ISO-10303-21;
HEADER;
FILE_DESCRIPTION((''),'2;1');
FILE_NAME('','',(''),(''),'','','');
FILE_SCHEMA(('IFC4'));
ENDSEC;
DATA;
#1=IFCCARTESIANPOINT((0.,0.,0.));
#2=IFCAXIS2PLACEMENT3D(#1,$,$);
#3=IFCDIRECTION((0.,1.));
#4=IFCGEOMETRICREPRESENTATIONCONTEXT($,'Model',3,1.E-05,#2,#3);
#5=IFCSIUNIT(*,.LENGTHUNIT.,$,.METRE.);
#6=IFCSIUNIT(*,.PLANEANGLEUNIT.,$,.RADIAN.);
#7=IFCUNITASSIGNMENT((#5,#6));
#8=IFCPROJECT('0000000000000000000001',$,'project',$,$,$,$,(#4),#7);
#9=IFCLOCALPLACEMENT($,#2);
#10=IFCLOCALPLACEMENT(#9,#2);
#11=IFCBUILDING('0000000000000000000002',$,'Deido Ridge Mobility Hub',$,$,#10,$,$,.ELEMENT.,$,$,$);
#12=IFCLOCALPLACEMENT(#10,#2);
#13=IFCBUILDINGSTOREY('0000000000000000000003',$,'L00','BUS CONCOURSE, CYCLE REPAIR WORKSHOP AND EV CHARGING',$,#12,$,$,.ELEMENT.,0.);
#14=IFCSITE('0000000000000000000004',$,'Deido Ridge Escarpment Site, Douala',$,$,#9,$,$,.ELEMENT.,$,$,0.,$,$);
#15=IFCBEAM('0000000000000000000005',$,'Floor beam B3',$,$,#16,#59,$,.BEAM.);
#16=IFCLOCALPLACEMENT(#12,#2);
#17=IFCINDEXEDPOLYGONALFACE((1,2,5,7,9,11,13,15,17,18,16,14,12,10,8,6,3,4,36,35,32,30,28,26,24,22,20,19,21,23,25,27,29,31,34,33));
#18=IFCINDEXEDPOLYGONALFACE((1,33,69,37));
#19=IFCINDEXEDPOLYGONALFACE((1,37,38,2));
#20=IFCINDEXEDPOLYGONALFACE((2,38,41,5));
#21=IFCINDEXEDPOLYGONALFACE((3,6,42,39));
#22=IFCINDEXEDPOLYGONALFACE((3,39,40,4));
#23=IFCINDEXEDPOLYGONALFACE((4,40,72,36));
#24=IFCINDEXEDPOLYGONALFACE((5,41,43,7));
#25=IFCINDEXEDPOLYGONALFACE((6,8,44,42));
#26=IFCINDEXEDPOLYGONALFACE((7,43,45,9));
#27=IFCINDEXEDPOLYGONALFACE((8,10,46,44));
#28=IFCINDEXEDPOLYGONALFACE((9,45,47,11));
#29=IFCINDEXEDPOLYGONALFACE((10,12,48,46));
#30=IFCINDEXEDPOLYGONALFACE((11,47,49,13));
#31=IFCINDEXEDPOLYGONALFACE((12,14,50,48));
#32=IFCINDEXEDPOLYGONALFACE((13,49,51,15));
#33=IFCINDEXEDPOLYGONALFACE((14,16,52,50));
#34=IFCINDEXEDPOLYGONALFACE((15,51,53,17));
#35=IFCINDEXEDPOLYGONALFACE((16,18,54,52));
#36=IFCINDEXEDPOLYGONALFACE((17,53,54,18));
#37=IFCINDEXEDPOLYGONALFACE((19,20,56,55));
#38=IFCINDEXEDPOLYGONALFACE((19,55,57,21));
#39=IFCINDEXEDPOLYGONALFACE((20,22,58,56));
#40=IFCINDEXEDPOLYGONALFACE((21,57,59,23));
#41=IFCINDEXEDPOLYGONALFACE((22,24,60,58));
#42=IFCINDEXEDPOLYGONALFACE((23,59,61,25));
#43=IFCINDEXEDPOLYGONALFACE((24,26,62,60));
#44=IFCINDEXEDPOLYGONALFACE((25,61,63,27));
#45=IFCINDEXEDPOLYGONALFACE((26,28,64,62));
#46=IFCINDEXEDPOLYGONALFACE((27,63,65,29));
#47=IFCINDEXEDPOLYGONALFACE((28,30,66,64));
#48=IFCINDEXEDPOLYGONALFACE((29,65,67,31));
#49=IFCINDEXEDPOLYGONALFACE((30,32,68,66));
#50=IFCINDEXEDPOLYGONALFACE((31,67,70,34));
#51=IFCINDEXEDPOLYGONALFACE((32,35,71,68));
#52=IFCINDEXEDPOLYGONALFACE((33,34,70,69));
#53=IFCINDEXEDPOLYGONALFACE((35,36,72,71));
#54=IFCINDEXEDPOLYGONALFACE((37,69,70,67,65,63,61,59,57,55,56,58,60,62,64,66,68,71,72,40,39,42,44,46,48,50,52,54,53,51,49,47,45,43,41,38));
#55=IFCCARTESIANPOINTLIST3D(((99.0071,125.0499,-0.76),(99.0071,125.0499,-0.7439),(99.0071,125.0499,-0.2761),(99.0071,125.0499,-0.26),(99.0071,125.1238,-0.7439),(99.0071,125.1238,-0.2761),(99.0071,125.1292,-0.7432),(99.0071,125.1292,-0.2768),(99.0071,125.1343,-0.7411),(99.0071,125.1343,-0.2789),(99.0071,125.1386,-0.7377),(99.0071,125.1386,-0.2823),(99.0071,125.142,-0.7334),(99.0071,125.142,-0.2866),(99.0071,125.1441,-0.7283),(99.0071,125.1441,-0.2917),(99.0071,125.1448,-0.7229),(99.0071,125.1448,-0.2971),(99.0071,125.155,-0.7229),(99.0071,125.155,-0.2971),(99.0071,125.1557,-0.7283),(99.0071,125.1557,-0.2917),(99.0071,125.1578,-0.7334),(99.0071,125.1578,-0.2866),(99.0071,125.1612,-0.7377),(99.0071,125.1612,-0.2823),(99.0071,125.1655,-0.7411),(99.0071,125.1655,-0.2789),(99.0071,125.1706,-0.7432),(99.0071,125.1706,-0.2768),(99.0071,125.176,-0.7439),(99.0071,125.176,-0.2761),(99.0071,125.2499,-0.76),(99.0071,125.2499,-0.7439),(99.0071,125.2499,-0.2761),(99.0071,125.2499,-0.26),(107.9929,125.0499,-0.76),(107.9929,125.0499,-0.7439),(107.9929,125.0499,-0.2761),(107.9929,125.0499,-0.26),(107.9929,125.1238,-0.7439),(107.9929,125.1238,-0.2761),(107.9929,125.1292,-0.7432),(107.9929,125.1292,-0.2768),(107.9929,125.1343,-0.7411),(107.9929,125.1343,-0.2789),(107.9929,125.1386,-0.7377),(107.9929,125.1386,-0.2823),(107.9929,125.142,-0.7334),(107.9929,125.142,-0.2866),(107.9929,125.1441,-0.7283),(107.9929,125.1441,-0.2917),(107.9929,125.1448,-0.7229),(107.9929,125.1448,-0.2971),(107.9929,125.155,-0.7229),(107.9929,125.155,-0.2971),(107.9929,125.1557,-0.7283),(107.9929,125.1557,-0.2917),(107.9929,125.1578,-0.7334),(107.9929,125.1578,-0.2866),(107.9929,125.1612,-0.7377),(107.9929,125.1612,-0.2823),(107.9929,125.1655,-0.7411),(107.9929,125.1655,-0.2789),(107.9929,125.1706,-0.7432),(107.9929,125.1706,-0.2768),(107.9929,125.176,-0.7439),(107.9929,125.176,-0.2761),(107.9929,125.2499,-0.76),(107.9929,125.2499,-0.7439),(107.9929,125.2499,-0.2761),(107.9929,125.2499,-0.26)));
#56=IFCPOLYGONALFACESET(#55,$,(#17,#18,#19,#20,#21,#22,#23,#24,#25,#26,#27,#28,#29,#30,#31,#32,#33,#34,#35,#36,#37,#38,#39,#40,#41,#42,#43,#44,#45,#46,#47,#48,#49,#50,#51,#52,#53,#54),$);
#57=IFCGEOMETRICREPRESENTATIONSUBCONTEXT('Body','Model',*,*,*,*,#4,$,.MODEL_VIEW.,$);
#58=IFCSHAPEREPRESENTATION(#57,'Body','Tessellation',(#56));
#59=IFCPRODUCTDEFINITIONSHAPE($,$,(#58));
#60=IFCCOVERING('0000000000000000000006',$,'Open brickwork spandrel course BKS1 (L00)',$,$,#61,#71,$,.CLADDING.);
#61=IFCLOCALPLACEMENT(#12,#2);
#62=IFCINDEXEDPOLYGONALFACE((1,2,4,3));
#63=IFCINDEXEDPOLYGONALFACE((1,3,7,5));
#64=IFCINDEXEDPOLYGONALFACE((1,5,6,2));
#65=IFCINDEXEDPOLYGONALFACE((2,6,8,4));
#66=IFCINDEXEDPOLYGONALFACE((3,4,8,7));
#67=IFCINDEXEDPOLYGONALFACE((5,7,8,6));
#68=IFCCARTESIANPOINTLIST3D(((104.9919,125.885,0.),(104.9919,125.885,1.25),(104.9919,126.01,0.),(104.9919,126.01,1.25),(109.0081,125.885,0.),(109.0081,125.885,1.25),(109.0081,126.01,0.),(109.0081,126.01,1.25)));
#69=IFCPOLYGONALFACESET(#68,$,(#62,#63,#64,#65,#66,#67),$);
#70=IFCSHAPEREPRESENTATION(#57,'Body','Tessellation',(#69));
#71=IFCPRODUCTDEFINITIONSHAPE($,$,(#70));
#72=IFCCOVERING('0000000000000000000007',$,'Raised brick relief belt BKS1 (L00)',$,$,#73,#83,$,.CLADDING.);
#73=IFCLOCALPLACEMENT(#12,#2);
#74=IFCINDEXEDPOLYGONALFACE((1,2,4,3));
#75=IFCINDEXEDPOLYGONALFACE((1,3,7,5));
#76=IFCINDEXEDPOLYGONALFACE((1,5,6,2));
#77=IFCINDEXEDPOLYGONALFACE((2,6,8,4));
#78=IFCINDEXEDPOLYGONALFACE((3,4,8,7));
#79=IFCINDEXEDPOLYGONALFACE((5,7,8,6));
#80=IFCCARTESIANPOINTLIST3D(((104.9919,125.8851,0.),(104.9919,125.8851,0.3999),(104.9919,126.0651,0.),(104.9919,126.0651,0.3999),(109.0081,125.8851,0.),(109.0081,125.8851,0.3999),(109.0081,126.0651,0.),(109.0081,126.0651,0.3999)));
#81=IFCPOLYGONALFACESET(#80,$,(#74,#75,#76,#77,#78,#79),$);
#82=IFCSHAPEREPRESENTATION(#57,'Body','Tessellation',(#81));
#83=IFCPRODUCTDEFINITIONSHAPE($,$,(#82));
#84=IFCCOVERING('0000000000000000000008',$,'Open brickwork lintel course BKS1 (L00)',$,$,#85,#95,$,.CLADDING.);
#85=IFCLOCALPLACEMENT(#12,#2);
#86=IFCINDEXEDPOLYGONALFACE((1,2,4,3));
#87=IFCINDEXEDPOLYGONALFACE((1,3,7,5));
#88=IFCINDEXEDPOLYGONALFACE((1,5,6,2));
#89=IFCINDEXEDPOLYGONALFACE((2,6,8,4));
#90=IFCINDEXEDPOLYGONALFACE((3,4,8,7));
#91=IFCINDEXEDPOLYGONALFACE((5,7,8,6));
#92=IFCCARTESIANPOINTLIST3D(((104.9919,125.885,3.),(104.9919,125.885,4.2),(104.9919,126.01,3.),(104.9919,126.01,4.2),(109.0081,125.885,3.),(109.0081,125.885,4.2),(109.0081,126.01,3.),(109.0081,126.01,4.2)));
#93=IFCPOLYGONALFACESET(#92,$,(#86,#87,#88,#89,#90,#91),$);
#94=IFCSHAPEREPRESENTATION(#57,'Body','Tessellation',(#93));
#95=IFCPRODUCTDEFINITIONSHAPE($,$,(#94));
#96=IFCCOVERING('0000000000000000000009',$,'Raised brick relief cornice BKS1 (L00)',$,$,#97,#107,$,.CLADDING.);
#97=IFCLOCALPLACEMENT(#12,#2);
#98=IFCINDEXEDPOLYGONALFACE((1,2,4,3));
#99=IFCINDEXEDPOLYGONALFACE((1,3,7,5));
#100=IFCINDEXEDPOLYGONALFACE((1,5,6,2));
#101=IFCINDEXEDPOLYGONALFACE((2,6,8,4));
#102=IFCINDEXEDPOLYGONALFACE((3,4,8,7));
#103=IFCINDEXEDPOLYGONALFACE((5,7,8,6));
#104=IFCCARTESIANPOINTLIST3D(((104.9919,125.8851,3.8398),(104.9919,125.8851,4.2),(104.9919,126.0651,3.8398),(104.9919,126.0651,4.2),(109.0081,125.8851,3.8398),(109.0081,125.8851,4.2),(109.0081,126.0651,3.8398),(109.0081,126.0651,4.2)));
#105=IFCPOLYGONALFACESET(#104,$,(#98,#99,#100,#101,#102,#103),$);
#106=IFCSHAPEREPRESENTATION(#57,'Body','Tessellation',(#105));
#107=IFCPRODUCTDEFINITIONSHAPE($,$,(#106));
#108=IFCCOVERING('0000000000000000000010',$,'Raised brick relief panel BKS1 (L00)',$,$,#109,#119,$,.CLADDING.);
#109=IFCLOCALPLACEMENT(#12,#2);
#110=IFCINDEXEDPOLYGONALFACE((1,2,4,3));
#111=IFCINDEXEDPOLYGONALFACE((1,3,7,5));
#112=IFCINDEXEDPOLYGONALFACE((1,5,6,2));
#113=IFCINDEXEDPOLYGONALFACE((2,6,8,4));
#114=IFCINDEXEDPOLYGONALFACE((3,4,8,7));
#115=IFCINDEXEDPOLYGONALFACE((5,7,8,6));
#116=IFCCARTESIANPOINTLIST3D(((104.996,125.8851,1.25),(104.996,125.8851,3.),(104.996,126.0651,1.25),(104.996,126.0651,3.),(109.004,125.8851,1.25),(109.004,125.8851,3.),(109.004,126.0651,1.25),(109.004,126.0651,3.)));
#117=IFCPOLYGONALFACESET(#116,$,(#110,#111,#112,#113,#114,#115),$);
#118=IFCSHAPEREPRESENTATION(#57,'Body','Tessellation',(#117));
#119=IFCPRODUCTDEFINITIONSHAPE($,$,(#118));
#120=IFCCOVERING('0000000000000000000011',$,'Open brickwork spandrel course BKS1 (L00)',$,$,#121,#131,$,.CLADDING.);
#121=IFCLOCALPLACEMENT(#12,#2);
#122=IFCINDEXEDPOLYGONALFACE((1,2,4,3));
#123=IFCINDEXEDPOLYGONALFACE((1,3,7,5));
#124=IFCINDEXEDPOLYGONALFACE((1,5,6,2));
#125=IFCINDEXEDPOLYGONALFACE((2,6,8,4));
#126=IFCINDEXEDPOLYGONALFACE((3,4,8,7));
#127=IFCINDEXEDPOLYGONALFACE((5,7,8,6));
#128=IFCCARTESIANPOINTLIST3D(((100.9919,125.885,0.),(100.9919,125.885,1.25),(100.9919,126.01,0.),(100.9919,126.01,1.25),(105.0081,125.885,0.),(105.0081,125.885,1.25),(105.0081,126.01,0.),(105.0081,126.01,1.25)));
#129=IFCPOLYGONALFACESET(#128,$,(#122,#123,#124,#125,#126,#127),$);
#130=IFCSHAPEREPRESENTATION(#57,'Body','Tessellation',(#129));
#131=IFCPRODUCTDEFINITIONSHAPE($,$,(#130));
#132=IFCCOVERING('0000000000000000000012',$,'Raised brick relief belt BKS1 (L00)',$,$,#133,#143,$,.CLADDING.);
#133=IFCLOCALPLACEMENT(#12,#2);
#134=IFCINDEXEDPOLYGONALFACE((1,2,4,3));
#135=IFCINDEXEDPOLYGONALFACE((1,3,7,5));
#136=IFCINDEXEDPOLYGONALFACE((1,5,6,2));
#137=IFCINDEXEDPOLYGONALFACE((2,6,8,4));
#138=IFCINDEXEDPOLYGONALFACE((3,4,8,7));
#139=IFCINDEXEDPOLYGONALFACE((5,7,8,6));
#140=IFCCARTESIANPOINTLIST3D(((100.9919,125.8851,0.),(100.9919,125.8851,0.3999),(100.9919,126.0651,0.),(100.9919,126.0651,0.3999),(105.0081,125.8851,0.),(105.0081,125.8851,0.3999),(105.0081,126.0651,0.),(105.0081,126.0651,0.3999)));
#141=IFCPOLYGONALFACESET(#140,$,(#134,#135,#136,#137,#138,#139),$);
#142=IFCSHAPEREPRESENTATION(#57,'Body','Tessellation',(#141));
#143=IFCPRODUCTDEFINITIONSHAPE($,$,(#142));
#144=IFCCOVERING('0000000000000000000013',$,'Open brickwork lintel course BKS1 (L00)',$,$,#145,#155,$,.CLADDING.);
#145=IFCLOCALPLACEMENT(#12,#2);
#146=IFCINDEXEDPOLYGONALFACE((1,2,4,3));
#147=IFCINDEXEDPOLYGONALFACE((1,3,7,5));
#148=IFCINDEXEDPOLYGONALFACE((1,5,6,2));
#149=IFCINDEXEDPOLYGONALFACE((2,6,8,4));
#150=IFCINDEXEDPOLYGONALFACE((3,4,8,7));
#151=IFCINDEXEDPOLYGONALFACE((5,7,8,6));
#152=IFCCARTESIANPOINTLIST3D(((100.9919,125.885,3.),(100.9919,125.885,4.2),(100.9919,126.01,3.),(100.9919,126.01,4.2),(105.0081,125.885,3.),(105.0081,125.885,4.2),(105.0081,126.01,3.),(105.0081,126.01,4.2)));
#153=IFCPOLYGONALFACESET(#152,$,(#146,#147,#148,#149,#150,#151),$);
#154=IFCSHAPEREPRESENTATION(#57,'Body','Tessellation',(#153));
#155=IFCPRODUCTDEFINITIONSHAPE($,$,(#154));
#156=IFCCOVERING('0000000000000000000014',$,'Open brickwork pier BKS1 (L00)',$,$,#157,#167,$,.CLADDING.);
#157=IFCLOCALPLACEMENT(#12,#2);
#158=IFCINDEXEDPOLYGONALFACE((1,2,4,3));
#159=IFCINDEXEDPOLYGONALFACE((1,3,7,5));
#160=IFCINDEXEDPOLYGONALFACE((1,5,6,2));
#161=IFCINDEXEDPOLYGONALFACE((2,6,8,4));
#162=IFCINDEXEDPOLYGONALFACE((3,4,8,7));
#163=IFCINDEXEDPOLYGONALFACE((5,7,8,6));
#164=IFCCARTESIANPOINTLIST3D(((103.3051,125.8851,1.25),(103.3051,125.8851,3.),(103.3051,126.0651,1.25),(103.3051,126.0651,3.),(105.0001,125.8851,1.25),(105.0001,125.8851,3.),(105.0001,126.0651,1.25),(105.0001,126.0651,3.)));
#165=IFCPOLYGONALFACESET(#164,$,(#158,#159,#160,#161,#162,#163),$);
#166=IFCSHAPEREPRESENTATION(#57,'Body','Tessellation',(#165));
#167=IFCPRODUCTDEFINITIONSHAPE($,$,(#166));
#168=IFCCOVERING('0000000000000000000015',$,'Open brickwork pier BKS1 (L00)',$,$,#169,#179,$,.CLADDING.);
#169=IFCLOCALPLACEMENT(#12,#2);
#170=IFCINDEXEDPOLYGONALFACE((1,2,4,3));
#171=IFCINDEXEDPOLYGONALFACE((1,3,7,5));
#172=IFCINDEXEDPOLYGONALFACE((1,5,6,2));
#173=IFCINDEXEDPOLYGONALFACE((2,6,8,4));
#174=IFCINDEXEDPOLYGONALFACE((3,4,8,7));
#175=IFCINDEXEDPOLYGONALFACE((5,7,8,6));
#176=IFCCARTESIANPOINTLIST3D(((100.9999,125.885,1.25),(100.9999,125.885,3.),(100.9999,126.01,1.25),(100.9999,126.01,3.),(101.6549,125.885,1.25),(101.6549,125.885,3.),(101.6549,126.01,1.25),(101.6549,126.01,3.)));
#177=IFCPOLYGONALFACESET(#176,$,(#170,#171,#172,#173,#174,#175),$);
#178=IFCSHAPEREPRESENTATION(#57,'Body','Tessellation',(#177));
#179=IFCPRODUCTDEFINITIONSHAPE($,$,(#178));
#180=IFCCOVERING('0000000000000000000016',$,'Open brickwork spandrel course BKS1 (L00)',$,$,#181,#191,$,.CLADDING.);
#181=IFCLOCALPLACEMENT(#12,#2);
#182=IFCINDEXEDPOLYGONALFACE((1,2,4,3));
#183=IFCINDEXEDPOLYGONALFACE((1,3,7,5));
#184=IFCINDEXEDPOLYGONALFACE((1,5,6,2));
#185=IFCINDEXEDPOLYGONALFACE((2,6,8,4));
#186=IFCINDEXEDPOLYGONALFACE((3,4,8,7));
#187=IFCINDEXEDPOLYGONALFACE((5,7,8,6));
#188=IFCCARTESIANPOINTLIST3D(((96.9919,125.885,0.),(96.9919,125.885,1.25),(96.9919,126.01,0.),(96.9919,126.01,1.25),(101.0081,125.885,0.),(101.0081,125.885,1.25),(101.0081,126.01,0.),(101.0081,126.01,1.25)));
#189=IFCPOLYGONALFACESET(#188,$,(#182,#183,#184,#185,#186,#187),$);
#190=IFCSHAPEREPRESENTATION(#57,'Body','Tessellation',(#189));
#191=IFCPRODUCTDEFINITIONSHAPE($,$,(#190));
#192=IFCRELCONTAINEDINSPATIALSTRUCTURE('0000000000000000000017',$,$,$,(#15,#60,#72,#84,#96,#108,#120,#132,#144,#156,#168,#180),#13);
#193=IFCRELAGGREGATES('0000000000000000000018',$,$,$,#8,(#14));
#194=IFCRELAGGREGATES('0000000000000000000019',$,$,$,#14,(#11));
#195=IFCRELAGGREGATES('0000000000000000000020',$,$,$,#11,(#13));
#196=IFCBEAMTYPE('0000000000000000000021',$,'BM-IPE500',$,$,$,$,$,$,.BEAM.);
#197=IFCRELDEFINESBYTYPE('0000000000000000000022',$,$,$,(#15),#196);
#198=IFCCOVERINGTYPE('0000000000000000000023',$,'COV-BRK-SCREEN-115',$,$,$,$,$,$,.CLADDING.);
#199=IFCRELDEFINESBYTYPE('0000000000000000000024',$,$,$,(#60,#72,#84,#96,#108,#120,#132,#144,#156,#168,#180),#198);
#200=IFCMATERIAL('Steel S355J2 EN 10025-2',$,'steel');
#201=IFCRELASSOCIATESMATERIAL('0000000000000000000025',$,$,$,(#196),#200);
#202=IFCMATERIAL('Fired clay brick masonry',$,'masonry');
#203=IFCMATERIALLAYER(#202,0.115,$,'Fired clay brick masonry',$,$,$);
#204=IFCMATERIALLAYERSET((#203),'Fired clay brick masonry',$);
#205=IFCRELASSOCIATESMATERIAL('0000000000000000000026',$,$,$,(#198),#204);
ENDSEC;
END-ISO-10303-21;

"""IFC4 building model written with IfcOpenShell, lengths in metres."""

from ifc_helpers import new_model, si_unit, direction, frame, origin, origin_2d, place, context, subcontext, project, spatial, rectangle, i_section, extrude, material, layer, layer_set, material_profile, profile_set, type_object, element, save


model = new_model("IFC4")

# Units and contexts
model_context = context("Model", 3, precision=1e-05, world=origin(), true_north=direction((0.0, 1.0)))
body_context = subcontext(model_context, "Body", "Model", "MODEL_VIEW")
ifc_project = project(units=[si_unit("LENGTHUNIT", "METRE"), si_unit("PLANEANGLEUNIT", "RADIAN")], contexts=[model_context])

# Site, building, storey
site_placement = place(None, origin())
site = spatial("IfcSite", under=ifc_project, at=site_placement, Name="Deido Ridge Escarpment Site, Douala", CompositionType="ELEMENT", RefElevation=0.0)
building_placement = place(site_placement, origin())
building = spatial("IfcBuilding", under=site, at=building_placement, Name="Deido Ridge Mobility Hub", CompositionType="ELEMENT")
storey_placement = place(building_placement, origin())
storey = spatial("IfcBuildingStorey", under=building, at=storey_placement, Name="L00", Description="BUS CONCOURSE, CYCLE REPAIR WORKSHOP AND EV CHARGING", CompositionType="ELEMENT", Elevation=0.0)

# Beam
ifc_material_1 = material(Name="Steel S355J2 EN 10025-2", Category="steel")
ifc_material_profile = material_profile(ifc_material_1, i_section(OverallWidth=0.2, OverallDepth=0.5, WebThickness=0.0103, FlangeThickness=0.0161, FilletRadius=0.021, at=origin_2d()), Name="IPE 500")
ifc_profile_set = profile_set([ifc_material_profile], Name="Steel S355J2 EN 10025-2")
beam_type = type_object("IfcBeamType", Name="BM-IPE500", PredefinedType="BEAM", material=ifc_profile_set)
beam_placement = place(storey_placement, frame((99.0071, 125.1499, -0.51), z_axis=(1.0, 0.0, 0.0), x_axis=(0.0, 1.0, 0.0)))
element("IfcBeam", 1, at=beam_placement, inside=storey, type_object=beam_type, Name="Floor beam B3", PredefinedType="BEAM", context=body_context, shape_type="SweptSolid", body=[
    extrude(i_section(OverallWidth=0.2, OverallDepth=0.5, WebThickness=0.0103, FlangeThickness=0.0161, FilletRadius=0.021, at=origin_2d()), origin(), (0.0, 0.0, 1.0), 8.9858),
])

# Coverings
ifc_material_2 = material(Name="Fired clay brick masonry", Category="masonry")
ifc_layer = layer(ifc_material_2, 0.115, Name="Fired clay brick masonry")
ifc_layer_set = layer_set([ifc_layer], Name="Fired clay brick masonry")
covering_type = type_object("IfcCoveringType", Name="COV-BRK-SCREEN-115", PredefinedType="CLADDING", material=ifc_layer_set)
covering_1_placement = place(storey_placement, frame((107.0, 125.9475, 0.0), z_axis=(0.0, 0.0, 1.0), x_axis=(-1.0, 0.0, 0.0)))
element("IfcCovering", 2, at=covering_1_placement, inside=storey, type_object=covering_type, Name="Open brickwork spandrel course BKS1 (L00)", PredefinedType="CLADDING", context=body_context, shape_type="SweptSolid", body=[
    extrude(rectangle(XDim=4.0161, YDim=0.125, at=origin_2d()), origin(), (0.0, 0.0, 1.0), 1.25),
])
covering_2_placement = place(storey_placement, frame((107.0, 125.9751, 0.0), z_axis=(0.0, 0.0, 1.0), x_axis=(-1.0, 0.0, 0.0)))
element("IfcCovering", 3, at=covering_2_placement, inside=storey, type_object=covering_type, Name="Raised brick relief belt BKS1 (L00)", PredefinedType="CLADDING", context=body_context, shape_type="SweptSolid", body=[
    extrude(rectangle(XDim=4.0161, YDim=0.1799, at=origin_2d()), origin(), (0.0, 0.0, 1.0), 0.3999),
])
covering_3_placement = place(storey_placement, frame((107.0, 125.9475, 3.0), z_axis=(0.0, 0.0, 1.0), x_axis=(-1.0, 0.0, 0.0)))
element("IfcCovering", 4, at=covering_3_placement, inside=storey, type_object=covering_type, Name="Open brickwork lintel course BKS1 (L00)", PredefinedType="CLADDING", context=body_context, shape_type="SweptSolid", body=[
    extrude(rectangle(XDim=4.0161, YDim=0.125, at=origin_2d()), origin(), (0.0, 0.0, 1.0), 1.2),
])
covering_4_placement = place(storey_placement, frame((107.0, 125.9751, 3.8398), z_axis=(0.0, 0.0, 1.0), x_axis=(-1.0, 0.0, 0.0)))
element("IfcCovering", 5, at=covering_4_placement, inside=storey, type_object=covering_type, Name="Raised brick relief cornice BKS1 (L00)", PredefinedType="CLADDING", context=body_context, shape_type="SweptSolid", body=[
    extrude(rectangle(XDim=4.0161, YDim=0.1799, at=origin_2d()), origin(), (0.0, 0.0, 1.0), 0.3601),
])
covering_5_placement = place(storey_placement, frame((107.0, 125.9751, 1.25), z_axis=(0.0, 0.0, 1.0), x_axis=(-1.0, 0.0, 0.0)))
element("IfcCovering", 6, at=covering_5_placement, inside=storey, type_object=covering_type, Name="Raised brick relief panel BKS1 (L00)", PredefinedType="CLADDING", context=body_context, shape_type="SweptSolid", body=[
    extrude(rectangle(XDim=4.0081, YDim=0.1799, at=origin_2d()), origin(), (0.0, 0.0, 1.0), 1.75),
])
covering_6_placement = place(storey_placement, frame((103.0, 125.9475, 0.0), z_axis=(0.0, 0.0, 1.0), x_axis=(-1.0, 0.0, 0.0)))
element("IfcCovering", 7, at=covering_6_placement, inside=storey, type_object=covering_type, Name="Open brickwork spandrel course BKS1 (L00)", PredefinedType="CLADDING", context=body_context, shape_type="SweptSolid", body=[
    extrude(rectangle(XDim=4.0161, YDim=0.125, at=origin_2d()), origin(), (0.0, 0.0, 1.0), 1.25),
])
covering_7_placement = place(storey_placement, frame((103.0, 125.9751, 0.0), z_axis=(0.0, 0.0, 1.0), x_axis=(-1.0, 0.0, 0.0)))
element("IfcCovering", 8, at=covering_7_placement, inside=storey, type_object=covering_type, Name="Raised brick relief belt BKS1 (L00)", PredefinedType="CLADDING", context=body_context, shape_type="SweptSolid", body=[
    extrude(rectangle(XDim=4.0161, YDim=0.1799, at=origin_2d()), origin(), (0.0, 0.0, 1.0), 0.3999),
])
covering_8_placement = place(storey_placement, frame((103.0, 125.9475, 3.0), z_axis=(0.0, 0.0, 1.0), x_axis=(-1.0, 0.0, 0.0)))
element("IfcCovering", 9, at=covering_8_placement, inside=storey, type_object=covering_type, Name="Open brickwork lintel course BKS1 (L00)", PredefinedType="CLADDING", context=body_context, shape_type="SweptSolid", body=[
    extrude(rectangle(XDim=4.0161, YDim=0.125, at=origin_2d()), origin(), (0.0, 0.0, 1.0), 1.2),
])
covering_9_placement = place(storey_placement, frame((104.1526, 125.9751, 1.25), z_axis=(0.0, 0.0, 1.0), x_axis=(-1.0, 0.0, 0.0)))
element("IfcCovering", 10, at=covering_9_placement, inside=storey, type_object=covering_type, Name="Open brickwork pier BKS1 (L00)", PredefinedType="CLADDING", context=body_context, shape_type="SweptSolid", body=[
    extrude(rectangle(XDim=1.6951, YDim=0.1799, at=origin_2d()), origin(), (0.0, 0.0, 1.0), 1.75),
])
covering_10_placement = place(storey_placement, frame((101.3274, 125.9475, 1.25), z_axis=(0.0, 0.0, 1.0), x_axis=(-1.0, 0.0, 0.0)))
element("IfcCovering", 11, at=covering_10_placement, inside=storey, type_object=covering_type, Name="Open brickwork pier BKS1 (L00)", PredefinedType="CLADDING", context=body_context, shape_type="SweptSolid", body=[
    extrude(rectangle(XDim=0.655, YDim=0.125, at=origin_2d()), origin(), (0.0, 0.0, 1.0), 1.75),
])
covering_11_placement = place(storey_placement, frame((99.0, 125.9475, 0.0), z_axis=(0.0, 0.0, 1.0), x_axis=(-1.0, 0.0, 0.0)))
element("IfcCovering", 12, at=covering_11_placement, inside=storey, type_object=covering_type, Name="Open brickwork spandrel course BKS1 (L00)", PredefinedType="CLADDING", context=body_context, shape_type="SweptSolid", body=[
    extrude(rectangle(XDim=4.0161, YDim=0.125, at=origin_2d()), origin(), (0.0, 0.0, 1.0), 1.25),
])

save(model, "model.ifc")
